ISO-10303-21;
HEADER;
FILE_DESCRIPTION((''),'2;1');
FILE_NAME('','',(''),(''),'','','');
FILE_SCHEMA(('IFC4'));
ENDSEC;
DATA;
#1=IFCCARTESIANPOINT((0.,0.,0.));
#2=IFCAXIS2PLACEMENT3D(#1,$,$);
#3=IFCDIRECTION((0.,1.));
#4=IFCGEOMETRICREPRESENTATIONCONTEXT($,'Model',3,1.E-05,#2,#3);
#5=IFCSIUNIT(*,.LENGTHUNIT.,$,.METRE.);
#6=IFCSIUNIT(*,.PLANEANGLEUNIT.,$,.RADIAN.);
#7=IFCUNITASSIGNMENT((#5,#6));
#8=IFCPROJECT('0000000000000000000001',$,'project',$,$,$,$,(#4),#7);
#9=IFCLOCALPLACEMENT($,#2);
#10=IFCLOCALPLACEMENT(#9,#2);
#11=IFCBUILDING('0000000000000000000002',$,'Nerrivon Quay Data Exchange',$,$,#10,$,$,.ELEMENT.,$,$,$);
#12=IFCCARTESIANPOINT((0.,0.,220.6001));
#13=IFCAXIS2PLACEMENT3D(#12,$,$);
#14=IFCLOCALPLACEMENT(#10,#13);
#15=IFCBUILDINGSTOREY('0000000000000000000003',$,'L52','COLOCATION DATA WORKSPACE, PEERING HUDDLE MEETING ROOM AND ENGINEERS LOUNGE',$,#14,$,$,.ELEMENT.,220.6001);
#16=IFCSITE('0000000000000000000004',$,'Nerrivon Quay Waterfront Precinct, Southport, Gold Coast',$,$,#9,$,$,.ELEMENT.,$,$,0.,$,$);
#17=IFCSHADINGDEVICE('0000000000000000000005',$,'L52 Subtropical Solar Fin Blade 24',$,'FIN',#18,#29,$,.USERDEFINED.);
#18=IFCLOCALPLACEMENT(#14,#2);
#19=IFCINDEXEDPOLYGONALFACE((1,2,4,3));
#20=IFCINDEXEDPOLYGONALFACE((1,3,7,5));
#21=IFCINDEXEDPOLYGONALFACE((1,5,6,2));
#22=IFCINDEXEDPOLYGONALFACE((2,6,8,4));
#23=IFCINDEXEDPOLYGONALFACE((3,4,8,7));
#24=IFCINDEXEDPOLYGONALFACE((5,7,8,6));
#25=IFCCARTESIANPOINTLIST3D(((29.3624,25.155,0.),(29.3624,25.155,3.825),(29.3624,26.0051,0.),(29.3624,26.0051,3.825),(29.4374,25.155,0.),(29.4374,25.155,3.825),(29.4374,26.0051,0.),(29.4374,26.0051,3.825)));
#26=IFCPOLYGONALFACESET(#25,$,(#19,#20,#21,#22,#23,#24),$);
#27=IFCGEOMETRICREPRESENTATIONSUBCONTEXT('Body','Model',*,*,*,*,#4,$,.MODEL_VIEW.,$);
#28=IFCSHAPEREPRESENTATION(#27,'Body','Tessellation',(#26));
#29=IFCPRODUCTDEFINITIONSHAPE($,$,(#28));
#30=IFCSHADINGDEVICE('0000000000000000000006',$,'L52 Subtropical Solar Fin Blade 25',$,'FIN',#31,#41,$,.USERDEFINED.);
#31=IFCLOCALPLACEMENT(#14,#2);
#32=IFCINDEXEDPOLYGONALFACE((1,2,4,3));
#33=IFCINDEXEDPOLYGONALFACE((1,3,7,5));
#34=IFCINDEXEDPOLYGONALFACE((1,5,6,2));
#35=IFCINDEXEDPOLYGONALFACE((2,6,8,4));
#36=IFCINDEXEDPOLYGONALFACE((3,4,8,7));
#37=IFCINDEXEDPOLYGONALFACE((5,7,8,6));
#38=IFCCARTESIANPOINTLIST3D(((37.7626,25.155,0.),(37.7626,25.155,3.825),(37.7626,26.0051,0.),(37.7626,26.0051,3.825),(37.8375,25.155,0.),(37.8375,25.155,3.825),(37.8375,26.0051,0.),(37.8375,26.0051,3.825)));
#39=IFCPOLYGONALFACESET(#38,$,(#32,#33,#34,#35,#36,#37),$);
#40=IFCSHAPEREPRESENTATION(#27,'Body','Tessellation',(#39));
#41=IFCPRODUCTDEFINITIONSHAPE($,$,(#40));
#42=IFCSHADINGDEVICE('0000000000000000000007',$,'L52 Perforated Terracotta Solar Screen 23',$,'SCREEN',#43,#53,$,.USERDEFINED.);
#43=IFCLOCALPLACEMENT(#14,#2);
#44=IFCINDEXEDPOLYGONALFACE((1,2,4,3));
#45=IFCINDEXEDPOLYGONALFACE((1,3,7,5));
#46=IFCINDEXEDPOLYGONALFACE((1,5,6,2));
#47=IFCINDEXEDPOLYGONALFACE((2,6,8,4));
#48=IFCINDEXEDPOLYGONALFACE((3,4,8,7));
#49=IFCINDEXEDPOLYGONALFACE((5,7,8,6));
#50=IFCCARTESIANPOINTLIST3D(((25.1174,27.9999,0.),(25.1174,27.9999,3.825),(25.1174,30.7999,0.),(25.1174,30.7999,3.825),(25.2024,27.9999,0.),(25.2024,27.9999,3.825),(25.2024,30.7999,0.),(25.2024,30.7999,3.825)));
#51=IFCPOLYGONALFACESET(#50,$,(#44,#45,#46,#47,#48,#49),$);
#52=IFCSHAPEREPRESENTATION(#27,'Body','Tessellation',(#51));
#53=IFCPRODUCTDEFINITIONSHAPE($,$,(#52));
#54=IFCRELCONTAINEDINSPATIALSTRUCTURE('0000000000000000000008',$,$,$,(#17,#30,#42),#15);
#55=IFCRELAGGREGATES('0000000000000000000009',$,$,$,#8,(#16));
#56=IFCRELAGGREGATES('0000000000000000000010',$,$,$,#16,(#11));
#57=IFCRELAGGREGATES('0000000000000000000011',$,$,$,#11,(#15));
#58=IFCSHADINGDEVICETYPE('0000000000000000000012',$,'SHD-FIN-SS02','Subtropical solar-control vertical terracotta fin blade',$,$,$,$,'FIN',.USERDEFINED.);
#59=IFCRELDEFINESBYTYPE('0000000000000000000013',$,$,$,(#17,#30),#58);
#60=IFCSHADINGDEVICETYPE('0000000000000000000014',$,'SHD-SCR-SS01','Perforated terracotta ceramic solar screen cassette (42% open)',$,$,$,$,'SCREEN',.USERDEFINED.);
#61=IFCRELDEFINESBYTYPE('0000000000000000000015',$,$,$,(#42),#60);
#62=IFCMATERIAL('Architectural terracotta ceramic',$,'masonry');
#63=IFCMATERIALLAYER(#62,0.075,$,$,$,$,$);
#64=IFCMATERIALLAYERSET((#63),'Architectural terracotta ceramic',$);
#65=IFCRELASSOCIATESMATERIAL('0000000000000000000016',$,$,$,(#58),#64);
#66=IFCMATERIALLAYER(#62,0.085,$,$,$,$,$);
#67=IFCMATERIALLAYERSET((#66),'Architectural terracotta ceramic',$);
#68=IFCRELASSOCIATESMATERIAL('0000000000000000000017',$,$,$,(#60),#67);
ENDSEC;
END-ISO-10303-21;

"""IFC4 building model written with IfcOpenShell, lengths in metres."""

from ifc_helpers import new_model, si_unit, direction, frame, origin, origin_2d, place, context, subcontext, project, spatial, rectangle, extrude, material, layer, layer_set, type_object, element, save


model = new_model("IFC4")

# Units and contexts
model_context = context("Model", 3, precision=1e-05, world=origin(), true_north=direction((0.0, 1.0)))
body_context = subcontext(model_context, "Body", "Model", "MODEL_VIEW")
ifc_project = project(units=[si_unit("LENGTHUNIT", "METRE"), si_unit("PLANEANGLEUNIT", "RADIAN")], contexts=[model_context])

# Site, building, storey
site_placement = place(None, origin())
site = spatial("IfcSite", under=ifc_project, at=site_placement, Name="Nerrivon Quay Waterfront Precinct, Southport, Gold Coast", CompositionType="ELEMENT", RefElevation=0.0)
building_placement = place(site_placement, origin())
building = spatial("IfcBuilding", under=site, at=building_placement, Name="Nerrivon Quay Data Exchange", CompositionType="ELEMENT")
storey_placement = place(building_placement, frame((0.0, 0.0, 220.6001)))
storey = spatial("IfcBuildingStorey", under=building, at=storey_placement, Name="L52", Description="COLOCATION DATA WORKSPACE, PEERING HUDDLE MEETING ROOM AND ENGINEERS LOUNGE", CompositionType="ELEMENT", Elevation=220.6001)

# Shared definitions
ifc_material_1 = material(Name="Architectural terracotta ceramic", Category="masonry")

# Shading devices
ifc_layer_1 = layer(ifc_material_1, 0.075)
ifc_layer_set_1 = layer_set([ifc_layer_1], Name="Architectural terracotta ceramic")
shading_device_type_1 = type_object("IfcShadingDeviceType", Name="SHD-FIN-SS02", Description="Subtropical solar-control vertical terracotta fin blade", ElementType="FIN", PredefinedType="USERDEFINED", material=ifc_layer_set_1)
for number, where, z_axis, x_axis, name in (
    (1, (29.3999, 25.5801, 0.0), (0.0, 0.0, 1.0), (1.0, 0.0, 0.0), "L52 Subtropical Solar Fin Blade 24"),
    (2, (37.8, 25.5801, 0.0), (0.0, 0.0, 1.0), (1.0, 0.0, 0.0), "L52 Subtropical Solar Fin Blade 25"),
):
    element("IfcShadingDevice", number, at=place(storey_placement, frame(where, z_axis=z_axis, x_axis=x_axis)), inside=storey, type_object=shading_device_type_1, Name=name, ObjectType="FIN", PredefinedType="USERDEFINED", context=body_context, shape_type="SweptSolid", body=[
        extrude(rectangle(XDim=0.075, YDim=0.8501, at=origin_2d()), origin(), (0.0, 0.0, 1.0), 3.825),
    ])
ifc_layer_2 = layer(ifc_material_1, 0.085)
ifc_layer_set_2 = layer_set([ifc_layer_2], Name="Architectural terracotta ceramic")
shading_device_type_2 = type_object("IfcShadingDeviceType", Name="SHD-SCR-SS01", Description="Perforated terracotta ceramic solar screen cassette (42% open)", ElementType="SCREEN", PredefinedType="USERDEFINED", material=ifc_layer_set_2)
shading_device_placement = place(storey_placement, frame((25.1599, 29.3999, 0.0), z_axis=(0.0, 0.0, 1.0), x_axis=(0.0, -1.0, 0.0)))
element("IfcShadingDevice", 3, at=shading_device_placement, inside=storey, type_object=shading_device_type_2, Name="L52 Perforated Terracotta Solar Screen 23", ObjectType="SCREEN", PredefinedType="USERDEFINED", context=body_context, shape_type="SweptSolid", body=[
    extrude(rectangle(XDim=2.8, YDim=0.085, at=origin_2d()), origin(), (0.0, 0.0, 1.0), 3.825),
])

save(model, "model.ifc")
